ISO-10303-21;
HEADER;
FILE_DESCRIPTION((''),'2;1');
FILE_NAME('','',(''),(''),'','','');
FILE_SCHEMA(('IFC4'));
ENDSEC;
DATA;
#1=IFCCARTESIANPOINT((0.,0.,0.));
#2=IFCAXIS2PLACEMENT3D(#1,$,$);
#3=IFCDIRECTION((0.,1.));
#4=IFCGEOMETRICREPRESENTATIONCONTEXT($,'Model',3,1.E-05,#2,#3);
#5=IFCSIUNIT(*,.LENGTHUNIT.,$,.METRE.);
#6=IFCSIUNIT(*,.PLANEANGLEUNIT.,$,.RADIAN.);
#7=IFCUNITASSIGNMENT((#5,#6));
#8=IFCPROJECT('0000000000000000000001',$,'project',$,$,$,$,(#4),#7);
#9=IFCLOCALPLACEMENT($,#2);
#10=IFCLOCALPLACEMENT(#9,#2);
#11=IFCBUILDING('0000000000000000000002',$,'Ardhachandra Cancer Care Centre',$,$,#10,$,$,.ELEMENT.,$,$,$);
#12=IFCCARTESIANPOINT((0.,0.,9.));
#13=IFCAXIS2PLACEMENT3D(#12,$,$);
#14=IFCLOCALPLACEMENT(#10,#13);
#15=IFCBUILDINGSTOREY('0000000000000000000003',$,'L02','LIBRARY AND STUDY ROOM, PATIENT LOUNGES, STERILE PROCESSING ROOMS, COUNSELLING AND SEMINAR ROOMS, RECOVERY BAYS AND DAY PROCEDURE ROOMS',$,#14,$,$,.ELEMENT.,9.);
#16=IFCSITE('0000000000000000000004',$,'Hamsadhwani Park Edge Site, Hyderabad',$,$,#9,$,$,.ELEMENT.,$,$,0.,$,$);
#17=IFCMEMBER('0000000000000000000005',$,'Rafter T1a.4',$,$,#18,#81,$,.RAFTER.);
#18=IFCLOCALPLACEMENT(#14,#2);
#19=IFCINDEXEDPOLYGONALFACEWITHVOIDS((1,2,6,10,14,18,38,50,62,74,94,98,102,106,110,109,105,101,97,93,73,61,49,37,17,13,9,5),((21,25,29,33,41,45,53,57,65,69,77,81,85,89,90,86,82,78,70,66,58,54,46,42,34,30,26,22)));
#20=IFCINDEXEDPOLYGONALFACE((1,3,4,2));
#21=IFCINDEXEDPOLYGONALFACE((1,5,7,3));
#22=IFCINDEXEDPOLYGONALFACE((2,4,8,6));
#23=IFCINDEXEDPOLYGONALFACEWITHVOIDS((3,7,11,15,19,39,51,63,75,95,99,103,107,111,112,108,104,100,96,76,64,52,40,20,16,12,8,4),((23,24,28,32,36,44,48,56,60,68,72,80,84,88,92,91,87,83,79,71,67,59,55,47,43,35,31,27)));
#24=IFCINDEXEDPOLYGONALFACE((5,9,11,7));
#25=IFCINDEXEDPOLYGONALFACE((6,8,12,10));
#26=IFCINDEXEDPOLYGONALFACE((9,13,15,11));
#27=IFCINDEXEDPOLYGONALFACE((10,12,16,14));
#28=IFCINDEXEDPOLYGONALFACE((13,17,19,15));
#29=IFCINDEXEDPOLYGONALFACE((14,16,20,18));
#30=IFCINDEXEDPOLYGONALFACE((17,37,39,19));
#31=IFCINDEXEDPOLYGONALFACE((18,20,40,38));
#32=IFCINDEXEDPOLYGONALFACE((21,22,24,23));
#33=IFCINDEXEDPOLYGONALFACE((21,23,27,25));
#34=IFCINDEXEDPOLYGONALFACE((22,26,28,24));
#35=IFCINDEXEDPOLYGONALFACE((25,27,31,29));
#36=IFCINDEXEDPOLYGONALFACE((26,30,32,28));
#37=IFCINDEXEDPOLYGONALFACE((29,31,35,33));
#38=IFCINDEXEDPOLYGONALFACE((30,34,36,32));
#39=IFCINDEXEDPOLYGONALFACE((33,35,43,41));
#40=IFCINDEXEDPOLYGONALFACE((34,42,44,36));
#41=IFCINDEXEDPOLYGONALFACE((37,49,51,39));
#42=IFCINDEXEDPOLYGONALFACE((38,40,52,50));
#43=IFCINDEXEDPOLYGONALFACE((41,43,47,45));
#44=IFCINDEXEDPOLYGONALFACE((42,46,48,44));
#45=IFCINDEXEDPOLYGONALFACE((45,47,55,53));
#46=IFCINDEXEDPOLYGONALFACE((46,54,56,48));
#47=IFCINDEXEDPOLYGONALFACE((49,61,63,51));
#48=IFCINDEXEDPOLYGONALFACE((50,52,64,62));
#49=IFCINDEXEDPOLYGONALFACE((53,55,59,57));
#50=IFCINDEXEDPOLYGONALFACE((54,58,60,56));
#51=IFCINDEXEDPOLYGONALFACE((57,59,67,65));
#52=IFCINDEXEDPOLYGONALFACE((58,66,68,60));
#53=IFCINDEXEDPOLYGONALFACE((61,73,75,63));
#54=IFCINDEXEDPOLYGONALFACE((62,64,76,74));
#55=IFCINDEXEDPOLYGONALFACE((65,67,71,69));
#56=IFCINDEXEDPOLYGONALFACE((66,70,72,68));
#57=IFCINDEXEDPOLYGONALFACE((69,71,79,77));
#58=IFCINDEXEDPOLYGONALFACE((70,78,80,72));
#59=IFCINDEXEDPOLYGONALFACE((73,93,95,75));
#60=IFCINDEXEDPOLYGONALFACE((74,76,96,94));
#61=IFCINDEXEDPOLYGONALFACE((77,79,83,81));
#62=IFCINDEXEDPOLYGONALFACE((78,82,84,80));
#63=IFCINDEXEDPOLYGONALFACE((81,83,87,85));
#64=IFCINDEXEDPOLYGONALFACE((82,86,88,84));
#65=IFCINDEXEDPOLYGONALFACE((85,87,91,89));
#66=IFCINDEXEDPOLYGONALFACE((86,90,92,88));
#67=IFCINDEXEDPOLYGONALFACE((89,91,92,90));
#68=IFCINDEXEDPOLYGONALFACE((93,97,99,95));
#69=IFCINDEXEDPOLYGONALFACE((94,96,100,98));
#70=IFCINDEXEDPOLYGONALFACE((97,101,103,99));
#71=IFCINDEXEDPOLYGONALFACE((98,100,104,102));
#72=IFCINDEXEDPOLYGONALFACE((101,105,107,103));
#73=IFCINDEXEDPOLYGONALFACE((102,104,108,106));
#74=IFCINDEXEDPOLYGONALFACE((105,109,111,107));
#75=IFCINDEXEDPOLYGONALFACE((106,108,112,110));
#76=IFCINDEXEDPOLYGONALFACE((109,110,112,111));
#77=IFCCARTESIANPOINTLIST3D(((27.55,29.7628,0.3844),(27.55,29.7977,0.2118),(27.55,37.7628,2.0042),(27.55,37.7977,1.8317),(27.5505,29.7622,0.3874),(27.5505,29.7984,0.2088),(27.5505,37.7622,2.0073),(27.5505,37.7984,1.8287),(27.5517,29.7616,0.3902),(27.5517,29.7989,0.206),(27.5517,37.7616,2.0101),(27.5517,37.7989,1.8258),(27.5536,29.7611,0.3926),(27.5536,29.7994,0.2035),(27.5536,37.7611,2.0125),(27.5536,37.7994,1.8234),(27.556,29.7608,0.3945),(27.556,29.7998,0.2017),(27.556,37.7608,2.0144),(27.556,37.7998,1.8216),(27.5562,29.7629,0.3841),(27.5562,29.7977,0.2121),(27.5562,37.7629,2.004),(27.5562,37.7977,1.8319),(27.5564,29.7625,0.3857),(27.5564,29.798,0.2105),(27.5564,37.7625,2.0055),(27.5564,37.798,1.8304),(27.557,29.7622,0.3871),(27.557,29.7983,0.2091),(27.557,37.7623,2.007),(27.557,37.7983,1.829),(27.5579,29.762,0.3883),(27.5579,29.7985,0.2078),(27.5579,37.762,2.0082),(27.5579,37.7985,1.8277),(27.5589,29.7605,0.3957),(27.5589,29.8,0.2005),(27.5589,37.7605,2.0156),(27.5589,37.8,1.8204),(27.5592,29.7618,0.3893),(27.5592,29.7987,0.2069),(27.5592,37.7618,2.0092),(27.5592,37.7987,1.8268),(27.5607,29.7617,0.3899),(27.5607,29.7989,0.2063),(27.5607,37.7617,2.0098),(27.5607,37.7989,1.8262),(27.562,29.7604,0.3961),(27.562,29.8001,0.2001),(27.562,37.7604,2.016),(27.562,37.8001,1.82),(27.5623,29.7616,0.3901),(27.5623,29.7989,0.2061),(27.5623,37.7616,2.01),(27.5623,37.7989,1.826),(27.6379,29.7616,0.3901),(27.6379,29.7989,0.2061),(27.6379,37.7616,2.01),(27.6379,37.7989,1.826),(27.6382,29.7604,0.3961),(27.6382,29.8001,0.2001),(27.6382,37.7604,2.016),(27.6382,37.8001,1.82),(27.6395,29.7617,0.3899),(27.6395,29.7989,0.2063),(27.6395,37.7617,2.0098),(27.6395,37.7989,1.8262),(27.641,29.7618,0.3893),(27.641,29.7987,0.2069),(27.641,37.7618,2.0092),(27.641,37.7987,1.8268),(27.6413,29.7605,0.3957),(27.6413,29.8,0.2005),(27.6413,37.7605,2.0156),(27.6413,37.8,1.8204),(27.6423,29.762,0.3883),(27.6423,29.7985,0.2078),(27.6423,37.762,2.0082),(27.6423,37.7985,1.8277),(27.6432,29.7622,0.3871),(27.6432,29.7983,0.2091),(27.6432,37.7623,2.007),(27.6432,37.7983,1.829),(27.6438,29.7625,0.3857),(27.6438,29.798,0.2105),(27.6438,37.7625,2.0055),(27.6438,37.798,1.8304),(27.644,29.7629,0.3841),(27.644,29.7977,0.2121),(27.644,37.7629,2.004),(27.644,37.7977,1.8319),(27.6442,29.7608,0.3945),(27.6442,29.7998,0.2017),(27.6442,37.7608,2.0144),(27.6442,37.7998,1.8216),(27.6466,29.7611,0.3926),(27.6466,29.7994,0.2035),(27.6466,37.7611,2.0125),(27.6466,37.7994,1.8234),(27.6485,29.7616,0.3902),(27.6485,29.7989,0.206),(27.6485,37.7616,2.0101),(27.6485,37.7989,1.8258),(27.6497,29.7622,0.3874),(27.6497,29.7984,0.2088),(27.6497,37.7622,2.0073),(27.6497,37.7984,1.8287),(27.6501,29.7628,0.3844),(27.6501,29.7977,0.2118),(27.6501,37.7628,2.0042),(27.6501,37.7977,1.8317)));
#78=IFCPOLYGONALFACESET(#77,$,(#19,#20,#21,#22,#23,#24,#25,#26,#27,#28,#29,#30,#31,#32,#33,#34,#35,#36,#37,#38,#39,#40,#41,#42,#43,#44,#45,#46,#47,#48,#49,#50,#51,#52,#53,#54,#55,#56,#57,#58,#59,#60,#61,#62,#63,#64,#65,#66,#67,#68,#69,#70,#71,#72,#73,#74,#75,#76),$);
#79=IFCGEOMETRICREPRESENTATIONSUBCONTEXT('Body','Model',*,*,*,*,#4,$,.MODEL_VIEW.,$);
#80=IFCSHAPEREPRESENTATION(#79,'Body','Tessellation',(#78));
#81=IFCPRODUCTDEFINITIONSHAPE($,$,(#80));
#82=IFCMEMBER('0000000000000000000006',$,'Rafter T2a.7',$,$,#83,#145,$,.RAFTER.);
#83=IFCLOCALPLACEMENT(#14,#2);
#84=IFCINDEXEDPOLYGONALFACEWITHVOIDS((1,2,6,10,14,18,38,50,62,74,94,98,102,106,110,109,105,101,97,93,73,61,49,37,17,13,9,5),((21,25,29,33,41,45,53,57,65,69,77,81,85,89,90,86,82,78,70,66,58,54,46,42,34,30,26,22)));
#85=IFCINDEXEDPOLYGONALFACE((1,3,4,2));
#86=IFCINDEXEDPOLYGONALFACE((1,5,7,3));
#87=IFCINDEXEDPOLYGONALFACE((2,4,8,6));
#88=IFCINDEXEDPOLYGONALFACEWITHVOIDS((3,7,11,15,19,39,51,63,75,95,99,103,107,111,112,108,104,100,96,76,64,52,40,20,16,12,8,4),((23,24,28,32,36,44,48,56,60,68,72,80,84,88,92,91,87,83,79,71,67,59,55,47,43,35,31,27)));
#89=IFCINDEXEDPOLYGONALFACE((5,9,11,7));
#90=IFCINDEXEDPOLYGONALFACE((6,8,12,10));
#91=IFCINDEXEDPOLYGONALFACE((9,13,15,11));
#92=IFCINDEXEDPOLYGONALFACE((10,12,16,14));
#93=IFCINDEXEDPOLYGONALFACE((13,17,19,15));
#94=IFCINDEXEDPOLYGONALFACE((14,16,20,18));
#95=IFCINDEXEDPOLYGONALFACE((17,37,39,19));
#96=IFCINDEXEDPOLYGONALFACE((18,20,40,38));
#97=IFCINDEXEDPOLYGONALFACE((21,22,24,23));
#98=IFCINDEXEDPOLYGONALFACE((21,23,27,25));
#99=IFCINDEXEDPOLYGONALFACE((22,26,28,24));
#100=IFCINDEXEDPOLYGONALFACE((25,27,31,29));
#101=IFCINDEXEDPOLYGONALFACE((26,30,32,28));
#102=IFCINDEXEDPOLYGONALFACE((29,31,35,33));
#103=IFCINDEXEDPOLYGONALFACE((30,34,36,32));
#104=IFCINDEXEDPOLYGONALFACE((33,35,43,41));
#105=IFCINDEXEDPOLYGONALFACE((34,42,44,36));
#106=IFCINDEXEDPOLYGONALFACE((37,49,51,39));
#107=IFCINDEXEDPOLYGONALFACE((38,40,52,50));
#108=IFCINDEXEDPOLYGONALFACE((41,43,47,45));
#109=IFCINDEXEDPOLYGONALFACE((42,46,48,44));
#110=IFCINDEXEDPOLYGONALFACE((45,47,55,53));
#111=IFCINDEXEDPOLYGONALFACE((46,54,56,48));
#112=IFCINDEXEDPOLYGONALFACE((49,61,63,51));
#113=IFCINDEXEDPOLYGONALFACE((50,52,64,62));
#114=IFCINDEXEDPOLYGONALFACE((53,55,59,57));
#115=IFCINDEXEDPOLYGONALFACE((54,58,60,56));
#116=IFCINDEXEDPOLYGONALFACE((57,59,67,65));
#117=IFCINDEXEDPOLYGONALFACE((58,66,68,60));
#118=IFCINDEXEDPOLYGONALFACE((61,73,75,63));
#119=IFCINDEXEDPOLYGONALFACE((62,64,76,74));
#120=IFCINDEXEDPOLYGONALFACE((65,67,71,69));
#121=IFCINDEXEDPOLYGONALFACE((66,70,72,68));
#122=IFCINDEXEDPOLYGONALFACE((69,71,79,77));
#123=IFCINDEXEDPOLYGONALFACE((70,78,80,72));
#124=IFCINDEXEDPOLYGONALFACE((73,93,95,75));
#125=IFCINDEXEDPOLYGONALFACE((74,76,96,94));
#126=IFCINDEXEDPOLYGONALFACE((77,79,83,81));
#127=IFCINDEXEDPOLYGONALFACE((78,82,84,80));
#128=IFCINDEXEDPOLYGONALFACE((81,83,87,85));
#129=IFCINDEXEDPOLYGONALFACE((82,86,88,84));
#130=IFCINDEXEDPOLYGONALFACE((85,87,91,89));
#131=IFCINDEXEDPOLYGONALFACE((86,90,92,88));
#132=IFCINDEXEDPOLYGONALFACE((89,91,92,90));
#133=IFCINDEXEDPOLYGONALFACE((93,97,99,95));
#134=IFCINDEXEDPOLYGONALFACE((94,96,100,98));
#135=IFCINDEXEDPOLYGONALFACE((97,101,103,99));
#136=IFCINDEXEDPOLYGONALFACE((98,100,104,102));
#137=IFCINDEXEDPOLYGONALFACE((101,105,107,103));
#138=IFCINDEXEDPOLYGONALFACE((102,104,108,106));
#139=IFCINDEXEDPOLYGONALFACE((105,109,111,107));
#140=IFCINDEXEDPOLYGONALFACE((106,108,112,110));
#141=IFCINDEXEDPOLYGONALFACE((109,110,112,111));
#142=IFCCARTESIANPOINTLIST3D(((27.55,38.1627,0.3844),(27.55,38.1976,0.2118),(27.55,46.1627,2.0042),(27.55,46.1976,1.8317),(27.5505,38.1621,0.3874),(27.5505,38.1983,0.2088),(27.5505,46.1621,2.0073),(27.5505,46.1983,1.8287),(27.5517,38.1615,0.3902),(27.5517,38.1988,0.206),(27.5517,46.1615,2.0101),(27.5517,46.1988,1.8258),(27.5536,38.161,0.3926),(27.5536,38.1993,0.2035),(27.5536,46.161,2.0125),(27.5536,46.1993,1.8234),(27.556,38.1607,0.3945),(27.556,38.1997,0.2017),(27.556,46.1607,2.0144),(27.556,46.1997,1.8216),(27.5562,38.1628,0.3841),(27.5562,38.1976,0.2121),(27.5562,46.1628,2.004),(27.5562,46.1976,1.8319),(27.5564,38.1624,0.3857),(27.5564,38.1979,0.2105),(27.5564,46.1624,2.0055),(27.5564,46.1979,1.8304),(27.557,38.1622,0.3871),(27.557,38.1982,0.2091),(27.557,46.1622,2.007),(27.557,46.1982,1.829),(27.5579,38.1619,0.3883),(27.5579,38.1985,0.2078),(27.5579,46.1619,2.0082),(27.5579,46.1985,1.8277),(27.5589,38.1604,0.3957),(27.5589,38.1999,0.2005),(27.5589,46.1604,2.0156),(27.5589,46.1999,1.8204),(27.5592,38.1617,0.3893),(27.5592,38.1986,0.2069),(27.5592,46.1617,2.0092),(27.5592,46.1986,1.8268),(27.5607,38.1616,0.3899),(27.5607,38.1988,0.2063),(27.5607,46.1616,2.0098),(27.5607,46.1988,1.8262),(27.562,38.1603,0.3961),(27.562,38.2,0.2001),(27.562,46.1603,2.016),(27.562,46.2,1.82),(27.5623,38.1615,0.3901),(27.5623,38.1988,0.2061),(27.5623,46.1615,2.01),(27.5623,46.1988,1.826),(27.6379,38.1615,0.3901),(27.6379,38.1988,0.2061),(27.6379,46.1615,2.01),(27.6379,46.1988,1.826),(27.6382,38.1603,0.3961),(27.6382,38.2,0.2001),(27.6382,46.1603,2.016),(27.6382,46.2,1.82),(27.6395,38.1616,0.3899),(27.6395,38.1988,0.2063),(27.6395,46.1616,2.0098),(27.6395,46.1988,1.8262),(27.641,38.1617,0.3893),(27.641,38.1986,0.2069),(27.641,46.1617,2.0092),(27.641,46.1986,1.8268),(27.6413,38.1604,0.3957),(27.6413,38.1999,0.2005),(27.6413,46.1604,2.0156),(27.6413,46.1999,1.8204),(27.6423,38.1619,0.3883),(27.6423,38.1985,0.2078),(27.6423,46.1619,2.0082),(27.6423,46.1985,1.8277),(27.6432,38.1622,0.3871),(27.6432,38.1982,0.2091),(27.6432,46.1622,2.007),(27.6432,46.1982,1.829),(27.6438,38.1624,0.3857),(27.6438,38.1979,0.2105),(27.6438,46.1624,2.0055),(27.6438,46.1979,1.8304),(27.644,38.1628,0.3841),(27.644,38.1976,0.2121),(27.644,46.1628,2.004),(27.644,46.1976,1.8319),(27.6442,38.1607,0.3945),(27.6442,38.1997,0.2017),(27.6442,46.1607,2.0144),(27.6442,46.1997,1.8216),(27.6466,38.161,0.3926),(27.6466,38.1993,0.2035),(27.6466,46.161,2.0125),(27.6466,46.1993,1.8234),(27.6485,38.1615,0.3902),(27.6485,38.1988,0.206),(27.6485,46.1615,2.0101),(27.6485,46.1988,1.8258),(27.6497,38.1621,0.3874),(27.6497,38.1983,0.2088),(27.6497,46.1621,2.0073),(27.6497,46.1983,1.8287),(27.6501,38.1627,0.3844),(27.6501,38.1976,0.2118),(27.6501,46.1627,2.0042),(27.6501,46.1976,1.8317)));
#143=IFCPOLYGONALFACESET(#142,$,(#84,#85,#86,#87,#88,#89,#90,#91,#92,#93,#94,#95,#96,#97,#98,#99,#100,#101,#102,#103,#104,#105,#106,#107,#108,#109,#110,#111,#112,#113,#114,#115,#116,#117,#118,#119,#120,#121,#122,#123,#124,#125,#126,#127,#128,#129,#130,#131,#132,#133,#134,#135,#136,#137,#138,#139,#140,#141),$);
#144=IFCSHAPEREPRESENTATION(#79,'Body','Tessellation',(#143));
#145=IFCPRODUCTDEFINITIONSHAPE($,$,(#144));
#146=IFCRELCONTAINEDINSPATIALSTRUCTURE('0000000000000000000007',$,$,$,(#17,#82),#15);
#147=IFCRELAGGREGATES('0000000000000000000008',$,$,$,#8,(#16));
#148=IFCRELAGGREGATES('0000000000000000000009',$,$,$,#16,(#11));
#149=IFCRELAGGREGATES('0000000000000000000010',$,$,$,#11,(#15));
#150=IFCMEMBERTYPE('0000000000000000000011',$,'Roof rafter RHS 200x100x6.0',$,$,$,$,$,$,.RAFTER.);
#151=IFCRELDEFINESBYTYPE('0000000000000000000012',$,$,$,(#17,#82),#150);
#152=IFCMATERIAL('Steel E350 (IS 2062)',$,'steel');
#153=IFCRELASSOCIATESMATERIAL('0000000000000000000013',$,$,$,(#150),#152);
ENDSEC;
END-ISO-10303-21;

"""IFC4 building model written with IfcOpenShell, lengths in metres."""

from ifc_helpers import new_model, si_unit, direction, frame, origin, origin_2d, place, context, subcontext, project, spatial, hollow_rectangle, extrude, material, material_profile, profile_set, type_object, element, save


model = new_model("IFC4")

# Units and contexts
model_context = context("Model", 3, precision=1e-05, world=origin(), true_north=direction((0.0, 1.0)))
body_context = subcontext(model_context, "Body", "Model", "MODEL_VIEW")
ifc_project = project(units=[si_unit("LENGTHUNIT", "METRE"), si_unit("PLANEANGLEUNIT", "RADIAN")], contexts=[model_context])

# Site, building, storey
site_placement = place(None, origin())
site = spatial("IfcSite", under=ifc_project, at=site_placement, Name="Hamsadhwani Park Edge Site, Hyderabad", CompositionType="ELEMENT", RefElevation=0.0)
building_placement = place(site_placement, origin())
building = spatial("IfcBuilding", under=site, at=building_placement, Name="Ardhachandra Cancer Care Centre", CompositionType="ELEMENT")
storey_placement = place(building_placement, frame((0.0, 0.0, 9.0)))
storey = spatial("IfcBuildingStorey", under=building, at=storey_placement, Name="L02", Description="LIBRARY AND STUDY ROOM, PATIENT LOUNGES, STERILE PROCESSING ROOMS, COUNSELLING AND SEMINAR ROOMS, RECOVERY BAYS AND DAY PROCEDURE ROOMS", CompositionType="ELEMENT", Elevation=9.0)

# Members
ifc_material_1 = material(Name="Steel E350 (IS 2062)", Category="steel")
ifc_material_profile_1 = material_profile(ifc_material_1, hollow_rectangle(XDim=0.1001, YDim=0.2, WallThickness=0.0061, InnerFilletRadius=0.0061, OuterFilletRadius=0.012, at=origin_2d()), Name="RHS 200x100x6.0")
ifc_profile_set_1 = profile_set([ifc_material_profile_1], Name="Steel E350 (IS 2062)")
member_type_1 = type_object("IfcMemberType", Name="Roof rafter RHS 200x100x6.0", PredefinedType="RAFTER", material=ifc_profile_set_1)
for number, where, z_axis, x_axis, name in (
    (1, (27.6001, 29.7803, 0.2981), (0.0, 0.98011, 0.198457), (-1.0, 0.0, 0.0), "Rafter T1a.4"),
    (2, (27.6001, 38.1802, 0.2981), (0.0, 0.98011, 0.198457), (-1.0, 0.0, 0.0), "Rafter T2a.7"),
):
    element("IfcMember", number, at=place(storey_placement, frame(where, z_axis=z_axis, x_axis=x_axis)), inside=storey, type_object=member_type_1, Name=name, PredefinedType="RAFTER", context=body_context, shape_type="SweptSolid", body=[
        extrude(hollow_rectangle(XDim=0.1001, YDim=0.2, WallThickness=0.0061, InnerFilletRadius=0.0061, OuterFilletRadius=0.012, at=origin_2d()), origin(), (0.0, 0.0, 1.0), 8.1624),
    ])

save(model, "model.ifc")
